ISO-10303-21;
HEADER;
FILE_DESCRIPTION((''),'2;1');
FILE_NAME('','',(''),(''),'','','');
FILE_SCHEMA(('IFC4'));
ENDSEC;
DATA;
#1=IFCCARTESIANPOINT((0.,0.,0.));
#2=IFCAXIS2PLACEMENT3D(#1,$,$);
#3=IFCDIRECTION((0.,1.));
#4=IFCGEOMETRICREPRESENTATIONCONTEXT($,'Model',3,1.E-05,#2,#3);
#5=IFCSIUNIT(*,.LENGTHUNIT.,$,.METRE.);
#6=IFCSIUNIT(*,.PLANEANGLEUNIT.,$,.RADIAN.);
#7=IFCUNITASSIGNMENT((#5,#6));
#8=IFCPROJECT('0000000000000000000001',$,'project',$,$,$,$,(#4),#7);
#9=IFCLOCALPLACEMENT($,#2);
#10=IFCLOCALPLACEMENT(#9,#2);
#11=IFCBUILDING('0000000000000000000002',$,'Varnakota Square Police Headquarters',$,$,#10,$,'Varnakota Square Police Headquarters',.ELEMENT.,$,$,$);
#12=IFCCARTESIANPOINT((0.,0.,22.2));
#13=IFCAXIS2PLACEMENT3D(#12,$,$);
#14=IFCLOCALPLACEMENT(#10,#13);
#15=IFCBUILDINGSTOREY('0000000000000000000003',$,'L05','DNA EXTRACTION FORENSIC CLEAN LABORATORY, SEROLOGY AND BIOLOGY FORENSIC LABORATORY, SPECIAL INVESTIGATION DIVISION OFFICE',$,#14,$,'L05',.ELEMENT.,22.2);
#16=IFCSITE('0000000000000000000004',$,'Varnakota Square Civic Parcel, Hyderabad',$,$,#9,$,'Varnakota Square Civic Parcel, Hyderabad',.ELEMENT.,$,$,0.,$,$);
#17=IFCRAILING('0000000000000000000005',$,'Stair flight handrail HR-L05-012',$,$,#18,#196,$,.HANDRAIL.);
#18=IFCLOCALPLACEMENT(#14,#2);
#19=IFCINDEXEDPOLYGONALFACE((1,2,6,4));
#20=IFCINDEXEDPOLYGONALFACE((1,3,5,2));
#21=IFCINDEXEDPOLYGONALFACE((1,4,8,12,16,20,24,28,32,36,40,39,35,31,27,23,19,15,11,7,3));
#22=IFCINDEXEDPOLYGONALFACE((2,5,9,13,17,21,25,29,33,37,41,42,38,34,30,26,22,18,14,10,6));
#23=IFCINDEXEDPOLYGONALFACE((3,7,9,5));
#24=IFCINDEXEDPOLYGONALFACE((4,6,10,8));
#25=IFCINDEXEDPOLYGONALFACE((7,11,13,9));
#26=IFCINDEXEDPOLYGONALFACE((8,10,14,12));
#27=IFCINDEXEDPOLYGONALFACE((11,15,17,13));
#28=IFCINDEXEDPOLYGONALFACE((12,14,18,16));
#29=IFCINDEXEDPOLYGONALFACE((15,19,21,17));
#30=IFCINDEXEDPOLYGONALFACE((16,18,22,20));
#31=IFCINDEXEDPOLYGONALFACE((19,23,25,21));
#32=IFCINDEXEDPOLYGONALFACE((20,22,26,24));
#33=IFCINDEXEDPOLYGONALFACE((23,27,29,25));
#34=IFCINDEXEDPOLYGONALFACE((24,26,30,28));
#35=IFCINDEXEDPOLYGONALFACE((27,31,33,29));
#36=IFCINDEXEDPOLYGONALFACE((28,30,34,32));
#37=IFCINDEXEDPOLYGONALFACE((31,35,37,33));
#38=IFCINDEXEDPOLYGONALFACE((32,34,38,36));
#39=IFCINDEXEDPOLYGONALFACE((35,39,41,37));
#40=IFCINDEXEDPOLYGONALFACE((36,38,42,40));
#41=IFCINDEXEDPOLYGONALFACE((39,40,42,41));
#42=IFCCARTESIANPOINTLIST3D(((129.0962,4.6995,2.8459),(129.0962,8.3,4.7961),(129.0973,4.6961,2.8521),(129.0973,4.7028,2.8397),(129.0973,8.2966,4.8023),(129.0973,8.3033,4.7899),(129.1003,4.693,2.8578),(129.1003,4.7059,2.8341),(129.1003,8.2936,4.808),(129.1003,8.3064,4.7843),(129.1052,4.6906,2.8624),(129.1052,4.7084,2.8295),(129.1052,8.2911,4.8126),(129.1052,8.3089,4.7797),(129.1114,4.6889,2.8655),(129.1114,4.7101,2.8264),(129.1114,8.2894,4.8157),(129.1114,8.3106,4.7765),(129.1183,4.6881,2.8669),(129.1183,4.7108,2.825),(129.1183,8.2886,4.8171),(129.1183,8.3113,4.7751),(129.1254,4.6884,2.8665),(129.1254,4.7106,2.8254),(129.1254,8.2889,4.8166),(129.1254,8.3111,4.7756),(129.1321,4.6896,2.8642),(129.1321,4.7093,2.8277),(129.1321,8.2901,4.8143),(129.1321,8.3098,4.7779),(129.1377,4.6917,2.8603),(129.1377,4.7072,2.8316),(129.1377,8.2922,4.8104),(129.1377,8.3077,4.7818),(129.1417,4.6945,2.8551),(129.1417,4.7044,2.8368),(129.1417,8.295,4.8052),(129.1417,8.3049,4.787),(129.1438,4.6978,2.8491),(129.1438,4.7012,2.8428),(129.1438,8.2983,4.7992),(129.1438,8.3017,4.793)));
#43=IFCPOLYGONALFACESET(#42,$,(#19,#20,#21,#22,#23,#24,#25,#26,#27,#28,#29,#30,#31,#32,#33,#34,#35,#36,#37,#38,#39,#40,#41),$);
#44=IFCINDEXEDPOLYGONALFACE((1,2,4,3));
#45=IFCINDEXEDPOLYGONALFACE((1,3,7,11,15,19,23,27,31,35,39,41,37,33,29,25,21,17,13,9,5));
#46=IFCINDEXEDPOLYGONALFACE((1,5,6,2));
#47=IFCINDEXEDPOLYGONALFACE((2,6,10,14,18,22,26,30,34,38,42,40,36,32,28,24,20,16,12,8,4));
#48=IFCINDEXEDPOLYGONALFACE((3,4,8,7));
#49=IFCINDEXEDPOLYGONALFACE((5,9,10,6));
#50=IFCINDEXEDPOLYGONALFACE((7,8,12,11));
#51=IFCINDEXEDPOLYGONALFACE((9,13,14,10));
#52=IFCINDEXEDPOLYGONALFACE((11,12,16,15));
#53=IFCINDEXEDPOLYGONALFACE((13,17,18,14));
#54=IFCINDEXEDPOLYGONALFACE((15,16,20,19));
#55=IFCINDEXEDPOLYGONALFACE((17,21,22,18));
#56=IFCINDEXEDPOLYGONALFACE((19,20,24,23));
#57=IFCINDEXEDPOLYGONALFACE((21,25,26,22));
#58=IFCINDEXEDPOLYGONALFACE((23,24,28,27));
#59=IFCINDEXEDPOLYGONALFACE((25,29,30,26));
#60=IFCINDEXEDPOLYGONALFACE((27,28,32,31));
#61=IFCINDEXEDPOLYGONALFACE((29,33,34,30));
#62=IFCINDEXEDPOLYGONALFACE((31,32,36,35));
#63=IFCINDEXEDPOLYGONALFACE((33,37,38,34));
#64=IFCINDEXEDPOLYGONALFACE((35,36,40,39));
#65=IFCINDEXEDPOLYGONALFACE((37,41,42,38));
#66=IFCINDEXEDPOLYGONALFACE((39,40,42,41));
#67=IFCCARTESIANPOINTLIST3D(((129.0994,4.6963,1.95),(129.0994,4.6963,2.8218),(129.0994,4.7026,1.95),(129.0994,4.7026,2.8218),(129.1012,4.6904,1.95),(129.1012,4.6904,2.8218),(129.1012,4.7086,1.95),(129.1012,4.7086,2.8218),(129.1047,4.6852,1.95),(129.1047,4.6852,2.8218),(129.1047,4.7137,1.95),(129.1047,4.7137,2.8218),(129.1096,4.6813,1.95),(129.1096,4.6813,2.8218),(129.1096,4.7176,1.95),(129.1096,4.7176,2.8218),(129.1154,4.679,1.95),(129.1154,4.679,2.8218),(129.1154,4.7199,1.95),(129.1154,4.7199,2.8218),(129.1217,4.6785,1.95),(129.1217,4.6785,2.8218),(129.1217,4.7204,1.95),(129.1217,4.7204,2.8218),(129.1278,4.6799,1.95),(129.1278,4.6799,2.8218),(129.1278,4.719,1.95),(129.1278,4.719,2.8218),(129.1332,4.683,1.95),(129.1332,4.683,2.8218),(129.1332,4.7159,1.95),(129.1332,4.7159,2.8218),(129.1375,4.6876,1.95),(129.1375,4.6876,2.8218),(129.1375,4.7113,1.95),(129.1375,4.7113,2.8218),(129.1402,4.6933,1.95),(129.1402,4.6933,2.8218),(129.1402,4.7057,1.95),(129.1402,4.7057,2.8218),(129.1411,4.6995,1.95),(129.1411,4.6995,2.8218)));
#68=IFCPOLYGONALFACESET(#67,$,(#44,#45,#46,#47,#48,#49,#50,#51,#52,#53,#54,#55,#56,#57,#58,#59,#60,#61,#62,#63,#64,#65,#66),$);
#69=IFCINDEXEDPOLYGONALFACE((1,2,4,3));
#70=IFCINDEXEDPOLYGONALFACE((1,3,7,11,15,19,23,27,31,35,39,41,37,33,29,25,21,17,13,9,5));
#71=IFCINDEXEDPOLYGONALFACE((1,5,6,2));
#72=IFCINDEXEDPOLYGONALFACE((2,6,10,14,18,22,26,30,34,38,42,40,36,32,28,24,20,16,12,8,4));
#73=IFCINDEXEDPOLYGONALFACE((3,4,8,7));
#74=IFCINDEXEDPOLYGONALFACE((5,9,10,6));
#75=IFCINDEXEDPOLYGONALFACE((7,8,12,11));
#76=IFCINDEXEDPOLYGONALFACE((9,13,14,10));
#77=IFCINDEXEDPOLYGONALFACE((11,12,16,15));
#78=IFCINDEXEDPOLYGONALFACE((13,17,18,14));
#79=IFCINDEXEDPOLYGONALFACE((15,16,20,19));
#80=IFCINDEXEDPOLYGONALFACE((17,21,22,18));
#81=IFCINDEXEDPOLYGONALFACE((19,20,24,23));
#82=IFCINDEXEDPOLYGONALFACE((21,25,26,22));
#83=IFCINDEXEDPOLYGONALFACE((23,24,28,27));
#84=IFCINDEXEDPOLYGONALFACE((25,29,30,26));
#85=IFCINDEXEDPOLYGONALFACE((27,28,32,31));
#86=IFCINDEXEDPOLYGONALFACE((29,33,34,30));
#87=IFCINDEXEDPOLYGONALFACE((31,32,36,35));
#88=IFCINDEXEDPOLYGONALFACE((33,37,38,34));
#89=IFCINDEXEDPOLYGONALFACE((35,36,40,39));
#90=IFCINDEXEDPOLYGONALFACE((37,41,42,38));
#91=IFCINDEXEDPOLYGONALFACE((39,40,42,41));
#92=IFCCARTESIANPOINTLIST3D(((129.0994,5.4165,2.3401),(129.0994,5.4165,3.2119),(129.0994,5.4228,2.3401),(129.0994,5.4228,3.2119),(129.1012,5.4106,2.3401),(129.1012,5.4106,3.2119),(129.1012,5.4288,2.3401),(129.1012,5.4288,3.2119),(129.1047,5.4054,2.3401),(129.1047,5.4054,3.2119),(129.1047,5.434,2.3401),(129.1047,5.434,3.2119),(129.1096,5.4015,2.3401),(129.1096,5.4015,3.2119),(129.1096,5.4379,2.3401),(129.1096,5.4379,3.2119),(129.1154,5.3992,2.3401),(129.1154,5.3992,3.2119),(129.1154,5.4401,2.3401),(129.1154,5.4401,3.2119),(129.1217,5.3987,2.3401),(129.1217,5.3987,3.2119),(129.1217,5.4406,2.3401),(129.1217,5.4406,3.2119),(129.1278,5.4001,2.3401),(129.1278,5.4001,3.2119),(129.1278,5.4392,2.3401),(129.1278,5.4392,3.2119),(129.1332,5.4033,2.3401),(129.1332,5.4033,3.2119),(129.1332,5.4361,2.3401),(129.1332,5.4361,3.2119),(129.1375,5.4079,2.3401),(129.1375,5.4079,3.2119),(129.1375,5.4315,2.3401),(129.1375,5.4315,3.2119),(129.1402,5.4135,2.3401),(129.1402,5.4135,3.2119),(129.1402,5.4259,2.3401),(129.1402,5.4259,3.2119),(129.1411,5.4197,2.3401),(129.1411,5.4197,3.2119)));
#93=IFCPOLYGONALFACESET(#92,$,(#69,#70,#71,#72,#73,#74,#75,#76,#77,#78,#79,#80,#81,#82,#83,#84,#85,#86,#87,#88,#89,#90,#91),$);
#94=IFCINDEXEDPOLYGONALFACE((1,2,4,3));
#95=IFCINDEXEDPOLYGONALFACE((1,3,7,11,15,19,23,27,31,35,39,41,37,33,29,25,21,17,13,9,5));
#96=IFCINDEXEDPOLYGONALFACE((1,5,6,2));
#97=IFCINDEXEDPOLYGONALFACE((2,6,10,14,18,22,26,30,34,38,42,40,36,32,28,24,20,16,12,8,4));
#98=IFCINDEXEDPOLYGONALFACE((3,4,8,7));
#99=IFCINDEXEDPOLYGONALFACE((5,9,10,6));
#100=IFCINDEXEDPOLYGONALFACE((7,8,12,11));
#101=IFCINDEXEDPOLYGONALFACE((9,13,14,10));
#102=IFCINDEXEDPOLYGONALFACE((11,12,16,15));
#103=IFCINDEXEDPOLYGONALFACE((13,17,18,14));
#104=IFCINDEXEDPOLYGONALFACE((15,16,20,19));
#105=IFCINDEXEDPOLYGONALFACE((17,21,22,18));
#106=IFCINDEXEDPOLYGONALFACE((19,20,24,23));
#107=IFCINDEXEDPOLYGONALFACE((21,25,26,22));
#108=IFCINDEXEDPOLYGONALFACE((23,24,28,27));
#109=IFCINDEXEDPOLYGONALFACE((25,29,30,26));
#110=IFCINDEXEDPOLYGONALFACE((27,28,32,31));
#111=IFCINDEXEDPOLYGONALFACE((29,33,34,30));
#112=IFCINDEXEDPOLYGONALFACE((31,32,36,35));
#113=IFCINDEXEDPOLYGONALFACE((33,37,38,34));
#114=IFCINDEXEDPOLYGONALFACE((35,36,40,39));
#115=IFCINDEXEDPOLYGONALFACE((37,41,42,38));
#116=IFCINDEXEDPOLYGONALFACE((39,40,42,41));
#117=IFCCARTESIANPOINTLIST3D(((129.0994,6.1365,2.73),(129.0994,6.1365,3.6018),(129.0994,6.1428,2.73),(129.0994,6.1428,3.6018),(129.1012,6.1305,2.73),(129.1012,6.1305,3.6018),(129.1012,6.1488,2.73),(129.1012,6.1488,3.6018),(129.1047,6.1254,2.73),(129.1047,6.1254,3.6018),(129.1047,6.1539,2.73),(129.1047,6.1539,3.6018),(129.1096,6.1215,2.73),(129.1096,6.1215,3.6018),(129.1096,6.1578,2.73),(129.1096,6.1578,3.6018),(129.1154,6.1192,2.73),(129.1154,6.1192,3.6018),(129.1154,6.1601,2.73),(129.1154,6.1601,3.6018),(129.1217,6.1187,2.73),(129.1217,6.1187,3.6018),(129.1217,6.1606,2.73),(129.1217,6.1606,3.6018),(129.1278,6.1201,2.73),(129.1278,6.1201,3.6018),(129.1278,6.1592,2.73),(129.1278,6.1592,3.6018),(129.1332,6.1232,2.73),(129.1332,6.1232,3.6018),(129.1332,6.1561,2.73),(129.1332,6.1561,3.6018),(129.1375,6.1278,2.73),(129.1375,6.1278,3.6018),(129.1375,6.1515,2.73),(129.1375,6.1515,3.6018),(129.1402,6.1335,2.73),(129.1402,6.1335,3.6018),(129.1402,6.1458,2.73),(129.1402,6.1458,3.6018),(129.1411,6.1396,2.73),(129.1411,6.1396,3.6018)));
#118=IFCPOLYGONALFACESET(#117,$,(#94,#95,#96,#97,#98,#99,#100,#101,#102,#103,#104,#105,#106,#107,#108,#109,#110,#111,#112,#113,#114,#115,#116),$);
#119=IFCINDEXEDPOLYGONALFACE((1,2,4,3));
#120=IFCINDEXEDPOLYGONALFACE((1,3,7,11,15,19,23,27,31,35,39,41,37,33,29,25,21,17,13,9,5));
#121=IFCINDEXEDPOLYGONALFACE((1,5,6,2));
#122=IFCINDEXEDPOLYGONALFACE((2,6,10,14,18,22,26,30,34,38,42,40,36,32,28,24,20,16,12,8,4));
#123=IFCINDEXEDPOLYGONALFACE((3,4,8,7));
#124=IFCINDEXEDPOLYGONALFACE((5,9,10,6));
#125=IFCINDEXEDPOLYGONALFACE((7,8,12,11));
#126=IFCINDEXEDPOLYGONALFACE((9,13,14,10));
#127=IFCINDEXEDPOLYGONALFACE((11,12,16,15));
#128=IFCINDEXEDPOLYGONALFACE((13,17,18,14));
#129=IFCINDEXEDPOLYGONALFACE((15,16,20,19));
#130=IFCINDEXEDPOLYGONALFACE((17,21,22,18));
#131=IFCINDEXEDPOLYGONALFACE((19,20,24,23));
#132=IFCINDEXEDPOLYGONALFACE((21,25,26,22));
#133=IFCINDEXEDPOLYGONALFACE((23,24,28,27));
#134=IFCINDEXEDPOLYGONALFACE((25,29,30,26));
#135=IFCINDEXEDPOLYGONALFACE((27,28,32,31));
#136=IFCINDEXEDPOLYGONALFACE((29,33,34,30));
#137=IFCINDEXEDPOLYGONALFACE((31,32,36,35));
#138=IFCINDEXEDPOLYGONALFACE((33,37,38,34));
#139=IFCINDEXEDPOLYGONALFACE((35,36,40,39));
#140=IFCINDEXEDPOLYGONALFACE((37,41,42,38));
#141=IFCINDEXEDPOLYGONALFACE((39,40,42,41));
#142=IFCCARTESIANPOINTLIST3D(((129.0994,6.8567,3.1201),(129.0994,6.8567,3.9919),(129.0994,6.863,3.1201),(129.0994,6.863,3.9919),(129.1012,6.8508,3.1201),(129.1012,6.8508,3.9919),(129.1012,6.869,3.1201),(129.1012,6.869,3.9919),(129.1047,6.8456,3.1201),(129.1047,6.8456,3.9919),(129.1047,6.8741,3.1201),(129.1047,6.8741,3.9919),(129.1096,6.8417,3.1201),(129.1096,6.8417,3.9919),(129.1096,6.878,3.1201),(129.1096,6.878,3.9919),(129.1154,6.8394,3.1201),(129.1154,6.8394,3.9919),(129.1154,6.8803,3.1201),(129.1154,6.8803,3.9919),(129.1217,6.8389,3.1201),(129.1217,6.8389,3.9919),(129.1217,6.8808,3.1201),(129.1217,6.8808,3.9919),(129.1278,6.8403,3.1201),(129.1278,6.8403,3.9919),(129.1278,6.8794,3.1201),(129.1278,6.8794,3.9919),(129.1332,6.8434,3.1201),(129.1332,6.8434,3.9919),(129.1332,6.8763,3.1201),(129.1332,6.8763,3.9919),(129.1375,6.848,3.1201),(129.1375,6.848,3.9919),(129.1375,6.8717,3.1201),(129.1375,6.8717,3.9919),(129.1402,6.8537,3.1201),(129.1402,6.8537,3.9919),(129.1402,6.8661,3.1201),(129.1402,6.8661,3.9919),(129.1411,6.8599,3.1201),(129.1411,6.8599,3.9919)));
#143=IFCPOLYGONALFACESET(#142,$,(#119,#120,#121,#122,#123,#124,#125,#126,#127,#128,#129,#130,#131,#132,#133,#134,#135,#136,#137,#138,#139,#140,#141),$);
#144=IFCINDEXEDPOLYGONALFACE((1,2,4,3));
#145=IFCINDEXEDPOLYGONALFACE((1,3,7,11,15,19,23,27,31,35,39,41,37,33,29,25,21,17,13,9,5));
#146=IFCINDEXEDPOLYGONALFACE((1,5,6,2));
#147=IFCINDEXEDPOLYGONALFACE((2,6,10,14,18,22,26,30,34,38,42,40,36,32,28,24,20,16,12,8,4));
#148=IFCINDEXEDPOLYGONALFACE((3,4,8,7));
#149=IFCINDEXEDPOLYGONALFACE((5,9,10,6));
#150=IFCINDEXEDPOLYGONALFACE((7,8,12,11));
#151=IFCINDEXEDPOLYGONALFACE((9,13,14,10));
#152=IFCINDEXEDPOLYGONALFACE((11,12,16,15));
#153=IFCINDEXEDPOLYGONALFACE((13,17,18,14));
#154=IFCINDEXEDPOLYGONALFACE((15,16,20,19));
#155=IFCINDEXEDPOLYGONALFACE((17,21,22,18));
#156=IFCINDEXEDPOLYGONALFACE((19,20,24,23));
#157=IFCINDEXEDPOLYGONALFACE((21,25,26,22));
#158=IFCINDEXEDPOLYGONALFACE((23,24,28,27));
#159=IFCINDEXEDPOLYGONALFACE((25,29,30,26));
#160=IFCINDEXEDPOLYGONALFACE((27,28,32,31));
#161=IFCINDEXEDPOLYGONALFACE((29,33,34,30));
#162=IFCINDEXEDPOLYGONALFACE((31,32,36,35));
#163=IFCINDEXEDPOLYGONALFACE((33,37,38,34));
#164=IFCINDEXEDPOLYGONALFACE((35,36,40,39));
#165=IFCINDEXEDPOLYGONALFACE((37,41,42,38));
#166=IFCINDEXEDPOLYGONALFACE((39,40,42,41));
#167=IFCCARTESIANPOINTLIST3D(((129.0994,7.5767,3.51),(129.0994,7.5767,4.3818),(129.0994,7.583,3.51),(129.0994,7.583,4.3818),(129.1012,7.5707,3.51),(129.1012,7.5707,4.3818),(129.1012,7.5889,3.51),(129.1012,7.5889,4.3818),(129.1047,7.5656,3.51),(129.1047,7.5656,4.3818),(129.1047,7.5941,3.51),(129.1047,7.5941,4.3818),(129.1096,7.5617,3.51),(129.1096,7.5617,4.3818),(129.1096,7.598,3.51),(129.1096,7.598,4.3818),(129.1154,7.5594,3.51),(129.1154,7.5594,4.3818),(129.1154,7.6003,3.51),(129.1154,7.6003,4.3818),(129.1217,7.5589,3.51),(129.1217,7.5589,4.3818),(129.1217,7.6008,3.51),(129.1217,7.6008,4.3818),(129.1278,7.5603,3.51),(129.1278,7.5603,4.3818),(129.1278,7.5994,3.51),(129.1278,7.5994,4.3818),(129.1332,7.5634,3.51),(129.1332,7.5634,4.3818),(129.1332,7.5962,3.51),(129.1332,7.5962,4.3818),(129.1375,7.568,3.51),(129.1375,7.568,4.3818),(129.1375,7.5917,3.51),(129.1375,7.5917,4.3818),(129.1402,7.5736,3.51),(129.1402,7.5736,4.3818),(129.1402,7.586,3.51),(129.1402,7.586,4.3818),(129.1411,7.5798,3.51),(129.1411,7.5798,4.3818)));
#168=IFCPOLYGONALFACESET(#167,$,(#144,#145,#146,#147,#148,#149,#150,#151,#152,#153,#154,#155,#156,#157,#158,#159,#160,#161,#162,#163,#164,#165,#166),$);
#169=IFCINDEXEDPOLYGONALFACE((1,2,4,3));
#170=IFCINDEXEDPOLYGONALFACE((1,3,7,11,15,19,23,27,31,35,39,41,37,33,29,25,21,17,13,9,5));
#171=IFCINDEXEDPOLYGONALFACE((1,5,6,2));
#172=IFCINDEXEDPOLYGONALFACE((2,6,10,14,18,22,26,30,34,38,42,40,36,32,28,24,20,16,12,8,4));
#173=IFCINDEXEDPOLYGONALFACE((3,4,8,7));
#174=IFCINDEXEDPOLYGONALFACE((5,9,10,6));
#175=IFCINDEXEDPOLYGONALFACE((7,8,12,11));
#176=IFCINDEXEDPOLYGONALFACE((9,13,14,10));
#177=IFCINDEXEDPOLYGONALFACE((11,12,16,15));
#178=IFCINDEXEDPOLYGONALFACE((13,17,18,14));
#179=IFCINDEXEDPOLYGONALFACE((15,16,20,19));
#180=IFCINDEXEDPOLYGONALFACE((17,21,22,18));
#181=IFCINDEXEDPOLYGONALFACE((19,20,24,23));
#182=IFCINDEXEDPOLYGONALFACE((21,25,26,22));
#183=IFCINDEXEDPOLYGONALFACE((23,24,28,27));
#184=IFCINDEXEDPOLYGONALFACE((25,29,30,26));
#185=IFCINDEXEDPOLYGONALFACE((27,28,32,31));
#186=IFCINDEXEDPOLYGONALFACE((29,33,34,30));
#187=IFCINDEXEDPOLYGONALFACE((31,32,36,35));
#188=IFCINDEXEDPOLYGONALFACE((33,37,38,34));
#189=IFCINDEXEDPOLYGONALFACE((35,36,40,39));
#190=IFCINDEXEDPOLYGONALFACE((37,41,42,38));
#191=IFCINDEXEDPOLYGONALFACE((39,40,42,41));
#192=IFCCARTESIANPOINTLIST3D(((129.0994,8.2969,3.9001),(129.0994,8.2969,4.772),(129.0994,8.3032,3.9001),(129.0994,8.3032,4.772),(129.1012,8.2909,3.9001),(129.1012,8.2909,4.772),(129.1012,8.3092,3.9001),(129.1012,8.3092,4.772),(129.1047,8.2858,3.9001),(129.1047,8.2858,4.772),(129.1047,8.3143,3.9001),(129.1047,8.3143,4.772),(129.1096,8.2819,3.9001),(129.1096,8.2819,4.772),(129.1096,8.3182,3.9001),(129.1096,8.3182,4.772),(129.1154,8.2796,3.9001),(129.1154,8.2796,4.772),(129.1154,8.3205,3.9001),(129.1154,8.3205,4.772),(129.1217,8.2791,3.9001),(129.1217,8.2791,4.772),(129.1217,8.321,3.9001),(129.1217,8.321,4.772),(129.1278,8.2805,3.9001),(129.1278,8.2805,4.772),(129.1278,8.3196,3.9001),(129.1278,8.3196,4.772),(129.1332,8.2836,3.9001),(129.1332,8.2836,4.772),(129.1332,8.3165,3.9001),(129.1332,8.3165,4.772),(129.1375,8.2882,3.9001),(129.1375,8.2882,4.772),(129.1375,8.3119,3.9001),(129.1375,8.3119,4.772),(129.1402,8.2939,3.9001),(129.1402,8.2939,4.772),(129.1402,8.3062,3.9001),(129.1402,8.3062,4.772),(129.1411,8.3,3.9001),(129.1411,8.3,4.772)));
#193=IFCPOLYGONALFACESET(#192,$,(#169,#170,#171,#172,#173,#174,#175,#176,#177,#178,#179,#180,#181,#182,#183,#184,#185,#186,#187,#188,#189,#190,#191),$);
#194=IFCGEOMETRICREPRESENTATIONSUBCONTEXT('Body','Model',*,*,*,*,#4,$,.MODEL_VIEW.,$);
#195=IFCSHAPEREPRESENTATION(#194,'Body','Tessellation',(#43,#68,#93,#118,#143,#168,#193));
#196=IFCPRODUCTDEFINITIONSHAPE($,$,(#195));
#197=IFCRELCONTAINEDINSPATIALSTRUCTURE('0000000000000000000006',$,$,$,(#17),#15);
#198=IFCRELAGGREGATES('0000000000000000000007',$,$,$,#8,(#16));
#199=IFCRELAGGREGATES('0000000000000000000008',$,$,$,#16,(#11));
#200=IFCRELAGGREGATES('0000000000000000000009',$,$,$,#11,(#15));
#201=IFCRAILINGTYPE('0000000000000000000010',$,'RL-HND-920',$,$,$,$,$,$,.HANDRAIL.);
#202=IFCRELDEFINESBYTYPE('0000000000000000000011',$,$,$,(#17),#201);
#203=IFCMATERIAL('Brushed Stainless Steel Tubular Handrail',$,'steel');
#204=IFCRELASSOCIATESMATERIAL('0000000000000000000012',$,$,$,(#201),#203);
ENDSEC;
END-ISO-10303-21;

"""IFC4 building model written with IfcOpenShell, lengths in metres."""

from ifc_helpers import new_model, si_unit, direction, frame, origin, origin_2d, place, context, subcontext, project, spatial, circle, extrude, material, type_object, element, save


model = new_model("IFC4")

# Units and contexts
model_context = context("Model", 3, precision=1e-05, world=origin(), true_north=direction((0.0, 1.0)))
body_context = subcontext(model_context, "Body", "Model", "MODEL_VIEW")
ifc_project = project(units=[si_unit("LENGTHUNIT", "METRE"), si_unit("PLANEANGLEUNIT", "RADIAN")], contexts=[model_context])

# Site, building, storey
site_placement = place(None, origin())
site = spatial("IfcSite", under=ifc_project, at=site_placement, Name="Varnakota Square Civic Parcel, Hyderabad", LongName="Varnakota Square Civic Parcel, Hyderabad", CompositionType="ELEMENT", RefElevation=0.0)
building_placement = place(site_placement, origin())
building = spatial("IfcBuilding", under=site, at=building_placement, Name="Varnakota Square Police Headquarters", LongName="Varnakota Square Police Headquarters", CompositionType="ELEMENT")
storey_placement = place(building_placement, frame((0.0, 0.0, 22.2)))
storey = spatial("IfcBuildingStorey", under=building, at=storey_placement, Name="L05", Description="DNA EXTRACTION FORENSIC CLEAN LABORATORY, SEROLOGY AND BIOLOGY FORENSIC LABORATORY, SPECIAL INVESTIGATION DIVISION OFFICE", LongName="L05", CompositionType="ELEMENT", Elevation=22.2)

# Railing
ifc_material_1 = material(Name="Brushed Stainless Steel Tubular Handrail", Category="steel")
railing_type_1 = type_object("IfcRailingType", Name="RL-HND-920", PredefinedType="HANDRAIL", material=ifc_material_1)
railing_1_placement = place(storey_placement, frame((129.1201, 4.6995, 1.95)))
element("IfcRailing", 1, at=railing_1_placement, inside=storey, type_object=railing_type_1, Name="Stair flight handrail HR-L05-012", PredefinedType="HANDRAIL", context=body_context, shape_type="SweptSolid", body=[
    extrude(circle(Radius=0.0239, at=origin_2d()), frame((0.0, 0.0, 0.896), z_axis=(0.0, 0.879304, 0.47626), x_axis=(-1.0, 0.0, 0.0)), (0.0, 0.0, 1.0), 4.0947),
    extrude(circle(Radius=0.021, at=origin_2d()), origin(), (0.0, 0.0, 1.0), 0.8718),
    extrude(circle(Radius=0.021, at=origin_2d()), frame((0.0, 0.7202, 0.3901)), (0.0, 0.0, 1.0), 0.8718),
    extrude(circle(Radius=0.021, at=origin_2d()), frame((0.0, 1.4402, 0.78)), (0.0, 0.0, 1.0), 0.8718),
    extrude(circle(Radius=0.021, at=origin_2d()), frame((0.0, 2.1604, 1.1702)), (0.0, 0.0, 1.0), 0.8718),
    extrude(circle(Radius=0.021, at=origin_2d()), frame((0.0, 2.8804, 1.5601)), (0.0, 0.0, 1.0), 0.8718),
    extrude(circle(Radius=0.021, at=origin_2d()), frame((0.0, 3.6006, 1.9502)), (0.0, 0.0, 1.0), 0.8718),
])

save(model, "model.ifc")
